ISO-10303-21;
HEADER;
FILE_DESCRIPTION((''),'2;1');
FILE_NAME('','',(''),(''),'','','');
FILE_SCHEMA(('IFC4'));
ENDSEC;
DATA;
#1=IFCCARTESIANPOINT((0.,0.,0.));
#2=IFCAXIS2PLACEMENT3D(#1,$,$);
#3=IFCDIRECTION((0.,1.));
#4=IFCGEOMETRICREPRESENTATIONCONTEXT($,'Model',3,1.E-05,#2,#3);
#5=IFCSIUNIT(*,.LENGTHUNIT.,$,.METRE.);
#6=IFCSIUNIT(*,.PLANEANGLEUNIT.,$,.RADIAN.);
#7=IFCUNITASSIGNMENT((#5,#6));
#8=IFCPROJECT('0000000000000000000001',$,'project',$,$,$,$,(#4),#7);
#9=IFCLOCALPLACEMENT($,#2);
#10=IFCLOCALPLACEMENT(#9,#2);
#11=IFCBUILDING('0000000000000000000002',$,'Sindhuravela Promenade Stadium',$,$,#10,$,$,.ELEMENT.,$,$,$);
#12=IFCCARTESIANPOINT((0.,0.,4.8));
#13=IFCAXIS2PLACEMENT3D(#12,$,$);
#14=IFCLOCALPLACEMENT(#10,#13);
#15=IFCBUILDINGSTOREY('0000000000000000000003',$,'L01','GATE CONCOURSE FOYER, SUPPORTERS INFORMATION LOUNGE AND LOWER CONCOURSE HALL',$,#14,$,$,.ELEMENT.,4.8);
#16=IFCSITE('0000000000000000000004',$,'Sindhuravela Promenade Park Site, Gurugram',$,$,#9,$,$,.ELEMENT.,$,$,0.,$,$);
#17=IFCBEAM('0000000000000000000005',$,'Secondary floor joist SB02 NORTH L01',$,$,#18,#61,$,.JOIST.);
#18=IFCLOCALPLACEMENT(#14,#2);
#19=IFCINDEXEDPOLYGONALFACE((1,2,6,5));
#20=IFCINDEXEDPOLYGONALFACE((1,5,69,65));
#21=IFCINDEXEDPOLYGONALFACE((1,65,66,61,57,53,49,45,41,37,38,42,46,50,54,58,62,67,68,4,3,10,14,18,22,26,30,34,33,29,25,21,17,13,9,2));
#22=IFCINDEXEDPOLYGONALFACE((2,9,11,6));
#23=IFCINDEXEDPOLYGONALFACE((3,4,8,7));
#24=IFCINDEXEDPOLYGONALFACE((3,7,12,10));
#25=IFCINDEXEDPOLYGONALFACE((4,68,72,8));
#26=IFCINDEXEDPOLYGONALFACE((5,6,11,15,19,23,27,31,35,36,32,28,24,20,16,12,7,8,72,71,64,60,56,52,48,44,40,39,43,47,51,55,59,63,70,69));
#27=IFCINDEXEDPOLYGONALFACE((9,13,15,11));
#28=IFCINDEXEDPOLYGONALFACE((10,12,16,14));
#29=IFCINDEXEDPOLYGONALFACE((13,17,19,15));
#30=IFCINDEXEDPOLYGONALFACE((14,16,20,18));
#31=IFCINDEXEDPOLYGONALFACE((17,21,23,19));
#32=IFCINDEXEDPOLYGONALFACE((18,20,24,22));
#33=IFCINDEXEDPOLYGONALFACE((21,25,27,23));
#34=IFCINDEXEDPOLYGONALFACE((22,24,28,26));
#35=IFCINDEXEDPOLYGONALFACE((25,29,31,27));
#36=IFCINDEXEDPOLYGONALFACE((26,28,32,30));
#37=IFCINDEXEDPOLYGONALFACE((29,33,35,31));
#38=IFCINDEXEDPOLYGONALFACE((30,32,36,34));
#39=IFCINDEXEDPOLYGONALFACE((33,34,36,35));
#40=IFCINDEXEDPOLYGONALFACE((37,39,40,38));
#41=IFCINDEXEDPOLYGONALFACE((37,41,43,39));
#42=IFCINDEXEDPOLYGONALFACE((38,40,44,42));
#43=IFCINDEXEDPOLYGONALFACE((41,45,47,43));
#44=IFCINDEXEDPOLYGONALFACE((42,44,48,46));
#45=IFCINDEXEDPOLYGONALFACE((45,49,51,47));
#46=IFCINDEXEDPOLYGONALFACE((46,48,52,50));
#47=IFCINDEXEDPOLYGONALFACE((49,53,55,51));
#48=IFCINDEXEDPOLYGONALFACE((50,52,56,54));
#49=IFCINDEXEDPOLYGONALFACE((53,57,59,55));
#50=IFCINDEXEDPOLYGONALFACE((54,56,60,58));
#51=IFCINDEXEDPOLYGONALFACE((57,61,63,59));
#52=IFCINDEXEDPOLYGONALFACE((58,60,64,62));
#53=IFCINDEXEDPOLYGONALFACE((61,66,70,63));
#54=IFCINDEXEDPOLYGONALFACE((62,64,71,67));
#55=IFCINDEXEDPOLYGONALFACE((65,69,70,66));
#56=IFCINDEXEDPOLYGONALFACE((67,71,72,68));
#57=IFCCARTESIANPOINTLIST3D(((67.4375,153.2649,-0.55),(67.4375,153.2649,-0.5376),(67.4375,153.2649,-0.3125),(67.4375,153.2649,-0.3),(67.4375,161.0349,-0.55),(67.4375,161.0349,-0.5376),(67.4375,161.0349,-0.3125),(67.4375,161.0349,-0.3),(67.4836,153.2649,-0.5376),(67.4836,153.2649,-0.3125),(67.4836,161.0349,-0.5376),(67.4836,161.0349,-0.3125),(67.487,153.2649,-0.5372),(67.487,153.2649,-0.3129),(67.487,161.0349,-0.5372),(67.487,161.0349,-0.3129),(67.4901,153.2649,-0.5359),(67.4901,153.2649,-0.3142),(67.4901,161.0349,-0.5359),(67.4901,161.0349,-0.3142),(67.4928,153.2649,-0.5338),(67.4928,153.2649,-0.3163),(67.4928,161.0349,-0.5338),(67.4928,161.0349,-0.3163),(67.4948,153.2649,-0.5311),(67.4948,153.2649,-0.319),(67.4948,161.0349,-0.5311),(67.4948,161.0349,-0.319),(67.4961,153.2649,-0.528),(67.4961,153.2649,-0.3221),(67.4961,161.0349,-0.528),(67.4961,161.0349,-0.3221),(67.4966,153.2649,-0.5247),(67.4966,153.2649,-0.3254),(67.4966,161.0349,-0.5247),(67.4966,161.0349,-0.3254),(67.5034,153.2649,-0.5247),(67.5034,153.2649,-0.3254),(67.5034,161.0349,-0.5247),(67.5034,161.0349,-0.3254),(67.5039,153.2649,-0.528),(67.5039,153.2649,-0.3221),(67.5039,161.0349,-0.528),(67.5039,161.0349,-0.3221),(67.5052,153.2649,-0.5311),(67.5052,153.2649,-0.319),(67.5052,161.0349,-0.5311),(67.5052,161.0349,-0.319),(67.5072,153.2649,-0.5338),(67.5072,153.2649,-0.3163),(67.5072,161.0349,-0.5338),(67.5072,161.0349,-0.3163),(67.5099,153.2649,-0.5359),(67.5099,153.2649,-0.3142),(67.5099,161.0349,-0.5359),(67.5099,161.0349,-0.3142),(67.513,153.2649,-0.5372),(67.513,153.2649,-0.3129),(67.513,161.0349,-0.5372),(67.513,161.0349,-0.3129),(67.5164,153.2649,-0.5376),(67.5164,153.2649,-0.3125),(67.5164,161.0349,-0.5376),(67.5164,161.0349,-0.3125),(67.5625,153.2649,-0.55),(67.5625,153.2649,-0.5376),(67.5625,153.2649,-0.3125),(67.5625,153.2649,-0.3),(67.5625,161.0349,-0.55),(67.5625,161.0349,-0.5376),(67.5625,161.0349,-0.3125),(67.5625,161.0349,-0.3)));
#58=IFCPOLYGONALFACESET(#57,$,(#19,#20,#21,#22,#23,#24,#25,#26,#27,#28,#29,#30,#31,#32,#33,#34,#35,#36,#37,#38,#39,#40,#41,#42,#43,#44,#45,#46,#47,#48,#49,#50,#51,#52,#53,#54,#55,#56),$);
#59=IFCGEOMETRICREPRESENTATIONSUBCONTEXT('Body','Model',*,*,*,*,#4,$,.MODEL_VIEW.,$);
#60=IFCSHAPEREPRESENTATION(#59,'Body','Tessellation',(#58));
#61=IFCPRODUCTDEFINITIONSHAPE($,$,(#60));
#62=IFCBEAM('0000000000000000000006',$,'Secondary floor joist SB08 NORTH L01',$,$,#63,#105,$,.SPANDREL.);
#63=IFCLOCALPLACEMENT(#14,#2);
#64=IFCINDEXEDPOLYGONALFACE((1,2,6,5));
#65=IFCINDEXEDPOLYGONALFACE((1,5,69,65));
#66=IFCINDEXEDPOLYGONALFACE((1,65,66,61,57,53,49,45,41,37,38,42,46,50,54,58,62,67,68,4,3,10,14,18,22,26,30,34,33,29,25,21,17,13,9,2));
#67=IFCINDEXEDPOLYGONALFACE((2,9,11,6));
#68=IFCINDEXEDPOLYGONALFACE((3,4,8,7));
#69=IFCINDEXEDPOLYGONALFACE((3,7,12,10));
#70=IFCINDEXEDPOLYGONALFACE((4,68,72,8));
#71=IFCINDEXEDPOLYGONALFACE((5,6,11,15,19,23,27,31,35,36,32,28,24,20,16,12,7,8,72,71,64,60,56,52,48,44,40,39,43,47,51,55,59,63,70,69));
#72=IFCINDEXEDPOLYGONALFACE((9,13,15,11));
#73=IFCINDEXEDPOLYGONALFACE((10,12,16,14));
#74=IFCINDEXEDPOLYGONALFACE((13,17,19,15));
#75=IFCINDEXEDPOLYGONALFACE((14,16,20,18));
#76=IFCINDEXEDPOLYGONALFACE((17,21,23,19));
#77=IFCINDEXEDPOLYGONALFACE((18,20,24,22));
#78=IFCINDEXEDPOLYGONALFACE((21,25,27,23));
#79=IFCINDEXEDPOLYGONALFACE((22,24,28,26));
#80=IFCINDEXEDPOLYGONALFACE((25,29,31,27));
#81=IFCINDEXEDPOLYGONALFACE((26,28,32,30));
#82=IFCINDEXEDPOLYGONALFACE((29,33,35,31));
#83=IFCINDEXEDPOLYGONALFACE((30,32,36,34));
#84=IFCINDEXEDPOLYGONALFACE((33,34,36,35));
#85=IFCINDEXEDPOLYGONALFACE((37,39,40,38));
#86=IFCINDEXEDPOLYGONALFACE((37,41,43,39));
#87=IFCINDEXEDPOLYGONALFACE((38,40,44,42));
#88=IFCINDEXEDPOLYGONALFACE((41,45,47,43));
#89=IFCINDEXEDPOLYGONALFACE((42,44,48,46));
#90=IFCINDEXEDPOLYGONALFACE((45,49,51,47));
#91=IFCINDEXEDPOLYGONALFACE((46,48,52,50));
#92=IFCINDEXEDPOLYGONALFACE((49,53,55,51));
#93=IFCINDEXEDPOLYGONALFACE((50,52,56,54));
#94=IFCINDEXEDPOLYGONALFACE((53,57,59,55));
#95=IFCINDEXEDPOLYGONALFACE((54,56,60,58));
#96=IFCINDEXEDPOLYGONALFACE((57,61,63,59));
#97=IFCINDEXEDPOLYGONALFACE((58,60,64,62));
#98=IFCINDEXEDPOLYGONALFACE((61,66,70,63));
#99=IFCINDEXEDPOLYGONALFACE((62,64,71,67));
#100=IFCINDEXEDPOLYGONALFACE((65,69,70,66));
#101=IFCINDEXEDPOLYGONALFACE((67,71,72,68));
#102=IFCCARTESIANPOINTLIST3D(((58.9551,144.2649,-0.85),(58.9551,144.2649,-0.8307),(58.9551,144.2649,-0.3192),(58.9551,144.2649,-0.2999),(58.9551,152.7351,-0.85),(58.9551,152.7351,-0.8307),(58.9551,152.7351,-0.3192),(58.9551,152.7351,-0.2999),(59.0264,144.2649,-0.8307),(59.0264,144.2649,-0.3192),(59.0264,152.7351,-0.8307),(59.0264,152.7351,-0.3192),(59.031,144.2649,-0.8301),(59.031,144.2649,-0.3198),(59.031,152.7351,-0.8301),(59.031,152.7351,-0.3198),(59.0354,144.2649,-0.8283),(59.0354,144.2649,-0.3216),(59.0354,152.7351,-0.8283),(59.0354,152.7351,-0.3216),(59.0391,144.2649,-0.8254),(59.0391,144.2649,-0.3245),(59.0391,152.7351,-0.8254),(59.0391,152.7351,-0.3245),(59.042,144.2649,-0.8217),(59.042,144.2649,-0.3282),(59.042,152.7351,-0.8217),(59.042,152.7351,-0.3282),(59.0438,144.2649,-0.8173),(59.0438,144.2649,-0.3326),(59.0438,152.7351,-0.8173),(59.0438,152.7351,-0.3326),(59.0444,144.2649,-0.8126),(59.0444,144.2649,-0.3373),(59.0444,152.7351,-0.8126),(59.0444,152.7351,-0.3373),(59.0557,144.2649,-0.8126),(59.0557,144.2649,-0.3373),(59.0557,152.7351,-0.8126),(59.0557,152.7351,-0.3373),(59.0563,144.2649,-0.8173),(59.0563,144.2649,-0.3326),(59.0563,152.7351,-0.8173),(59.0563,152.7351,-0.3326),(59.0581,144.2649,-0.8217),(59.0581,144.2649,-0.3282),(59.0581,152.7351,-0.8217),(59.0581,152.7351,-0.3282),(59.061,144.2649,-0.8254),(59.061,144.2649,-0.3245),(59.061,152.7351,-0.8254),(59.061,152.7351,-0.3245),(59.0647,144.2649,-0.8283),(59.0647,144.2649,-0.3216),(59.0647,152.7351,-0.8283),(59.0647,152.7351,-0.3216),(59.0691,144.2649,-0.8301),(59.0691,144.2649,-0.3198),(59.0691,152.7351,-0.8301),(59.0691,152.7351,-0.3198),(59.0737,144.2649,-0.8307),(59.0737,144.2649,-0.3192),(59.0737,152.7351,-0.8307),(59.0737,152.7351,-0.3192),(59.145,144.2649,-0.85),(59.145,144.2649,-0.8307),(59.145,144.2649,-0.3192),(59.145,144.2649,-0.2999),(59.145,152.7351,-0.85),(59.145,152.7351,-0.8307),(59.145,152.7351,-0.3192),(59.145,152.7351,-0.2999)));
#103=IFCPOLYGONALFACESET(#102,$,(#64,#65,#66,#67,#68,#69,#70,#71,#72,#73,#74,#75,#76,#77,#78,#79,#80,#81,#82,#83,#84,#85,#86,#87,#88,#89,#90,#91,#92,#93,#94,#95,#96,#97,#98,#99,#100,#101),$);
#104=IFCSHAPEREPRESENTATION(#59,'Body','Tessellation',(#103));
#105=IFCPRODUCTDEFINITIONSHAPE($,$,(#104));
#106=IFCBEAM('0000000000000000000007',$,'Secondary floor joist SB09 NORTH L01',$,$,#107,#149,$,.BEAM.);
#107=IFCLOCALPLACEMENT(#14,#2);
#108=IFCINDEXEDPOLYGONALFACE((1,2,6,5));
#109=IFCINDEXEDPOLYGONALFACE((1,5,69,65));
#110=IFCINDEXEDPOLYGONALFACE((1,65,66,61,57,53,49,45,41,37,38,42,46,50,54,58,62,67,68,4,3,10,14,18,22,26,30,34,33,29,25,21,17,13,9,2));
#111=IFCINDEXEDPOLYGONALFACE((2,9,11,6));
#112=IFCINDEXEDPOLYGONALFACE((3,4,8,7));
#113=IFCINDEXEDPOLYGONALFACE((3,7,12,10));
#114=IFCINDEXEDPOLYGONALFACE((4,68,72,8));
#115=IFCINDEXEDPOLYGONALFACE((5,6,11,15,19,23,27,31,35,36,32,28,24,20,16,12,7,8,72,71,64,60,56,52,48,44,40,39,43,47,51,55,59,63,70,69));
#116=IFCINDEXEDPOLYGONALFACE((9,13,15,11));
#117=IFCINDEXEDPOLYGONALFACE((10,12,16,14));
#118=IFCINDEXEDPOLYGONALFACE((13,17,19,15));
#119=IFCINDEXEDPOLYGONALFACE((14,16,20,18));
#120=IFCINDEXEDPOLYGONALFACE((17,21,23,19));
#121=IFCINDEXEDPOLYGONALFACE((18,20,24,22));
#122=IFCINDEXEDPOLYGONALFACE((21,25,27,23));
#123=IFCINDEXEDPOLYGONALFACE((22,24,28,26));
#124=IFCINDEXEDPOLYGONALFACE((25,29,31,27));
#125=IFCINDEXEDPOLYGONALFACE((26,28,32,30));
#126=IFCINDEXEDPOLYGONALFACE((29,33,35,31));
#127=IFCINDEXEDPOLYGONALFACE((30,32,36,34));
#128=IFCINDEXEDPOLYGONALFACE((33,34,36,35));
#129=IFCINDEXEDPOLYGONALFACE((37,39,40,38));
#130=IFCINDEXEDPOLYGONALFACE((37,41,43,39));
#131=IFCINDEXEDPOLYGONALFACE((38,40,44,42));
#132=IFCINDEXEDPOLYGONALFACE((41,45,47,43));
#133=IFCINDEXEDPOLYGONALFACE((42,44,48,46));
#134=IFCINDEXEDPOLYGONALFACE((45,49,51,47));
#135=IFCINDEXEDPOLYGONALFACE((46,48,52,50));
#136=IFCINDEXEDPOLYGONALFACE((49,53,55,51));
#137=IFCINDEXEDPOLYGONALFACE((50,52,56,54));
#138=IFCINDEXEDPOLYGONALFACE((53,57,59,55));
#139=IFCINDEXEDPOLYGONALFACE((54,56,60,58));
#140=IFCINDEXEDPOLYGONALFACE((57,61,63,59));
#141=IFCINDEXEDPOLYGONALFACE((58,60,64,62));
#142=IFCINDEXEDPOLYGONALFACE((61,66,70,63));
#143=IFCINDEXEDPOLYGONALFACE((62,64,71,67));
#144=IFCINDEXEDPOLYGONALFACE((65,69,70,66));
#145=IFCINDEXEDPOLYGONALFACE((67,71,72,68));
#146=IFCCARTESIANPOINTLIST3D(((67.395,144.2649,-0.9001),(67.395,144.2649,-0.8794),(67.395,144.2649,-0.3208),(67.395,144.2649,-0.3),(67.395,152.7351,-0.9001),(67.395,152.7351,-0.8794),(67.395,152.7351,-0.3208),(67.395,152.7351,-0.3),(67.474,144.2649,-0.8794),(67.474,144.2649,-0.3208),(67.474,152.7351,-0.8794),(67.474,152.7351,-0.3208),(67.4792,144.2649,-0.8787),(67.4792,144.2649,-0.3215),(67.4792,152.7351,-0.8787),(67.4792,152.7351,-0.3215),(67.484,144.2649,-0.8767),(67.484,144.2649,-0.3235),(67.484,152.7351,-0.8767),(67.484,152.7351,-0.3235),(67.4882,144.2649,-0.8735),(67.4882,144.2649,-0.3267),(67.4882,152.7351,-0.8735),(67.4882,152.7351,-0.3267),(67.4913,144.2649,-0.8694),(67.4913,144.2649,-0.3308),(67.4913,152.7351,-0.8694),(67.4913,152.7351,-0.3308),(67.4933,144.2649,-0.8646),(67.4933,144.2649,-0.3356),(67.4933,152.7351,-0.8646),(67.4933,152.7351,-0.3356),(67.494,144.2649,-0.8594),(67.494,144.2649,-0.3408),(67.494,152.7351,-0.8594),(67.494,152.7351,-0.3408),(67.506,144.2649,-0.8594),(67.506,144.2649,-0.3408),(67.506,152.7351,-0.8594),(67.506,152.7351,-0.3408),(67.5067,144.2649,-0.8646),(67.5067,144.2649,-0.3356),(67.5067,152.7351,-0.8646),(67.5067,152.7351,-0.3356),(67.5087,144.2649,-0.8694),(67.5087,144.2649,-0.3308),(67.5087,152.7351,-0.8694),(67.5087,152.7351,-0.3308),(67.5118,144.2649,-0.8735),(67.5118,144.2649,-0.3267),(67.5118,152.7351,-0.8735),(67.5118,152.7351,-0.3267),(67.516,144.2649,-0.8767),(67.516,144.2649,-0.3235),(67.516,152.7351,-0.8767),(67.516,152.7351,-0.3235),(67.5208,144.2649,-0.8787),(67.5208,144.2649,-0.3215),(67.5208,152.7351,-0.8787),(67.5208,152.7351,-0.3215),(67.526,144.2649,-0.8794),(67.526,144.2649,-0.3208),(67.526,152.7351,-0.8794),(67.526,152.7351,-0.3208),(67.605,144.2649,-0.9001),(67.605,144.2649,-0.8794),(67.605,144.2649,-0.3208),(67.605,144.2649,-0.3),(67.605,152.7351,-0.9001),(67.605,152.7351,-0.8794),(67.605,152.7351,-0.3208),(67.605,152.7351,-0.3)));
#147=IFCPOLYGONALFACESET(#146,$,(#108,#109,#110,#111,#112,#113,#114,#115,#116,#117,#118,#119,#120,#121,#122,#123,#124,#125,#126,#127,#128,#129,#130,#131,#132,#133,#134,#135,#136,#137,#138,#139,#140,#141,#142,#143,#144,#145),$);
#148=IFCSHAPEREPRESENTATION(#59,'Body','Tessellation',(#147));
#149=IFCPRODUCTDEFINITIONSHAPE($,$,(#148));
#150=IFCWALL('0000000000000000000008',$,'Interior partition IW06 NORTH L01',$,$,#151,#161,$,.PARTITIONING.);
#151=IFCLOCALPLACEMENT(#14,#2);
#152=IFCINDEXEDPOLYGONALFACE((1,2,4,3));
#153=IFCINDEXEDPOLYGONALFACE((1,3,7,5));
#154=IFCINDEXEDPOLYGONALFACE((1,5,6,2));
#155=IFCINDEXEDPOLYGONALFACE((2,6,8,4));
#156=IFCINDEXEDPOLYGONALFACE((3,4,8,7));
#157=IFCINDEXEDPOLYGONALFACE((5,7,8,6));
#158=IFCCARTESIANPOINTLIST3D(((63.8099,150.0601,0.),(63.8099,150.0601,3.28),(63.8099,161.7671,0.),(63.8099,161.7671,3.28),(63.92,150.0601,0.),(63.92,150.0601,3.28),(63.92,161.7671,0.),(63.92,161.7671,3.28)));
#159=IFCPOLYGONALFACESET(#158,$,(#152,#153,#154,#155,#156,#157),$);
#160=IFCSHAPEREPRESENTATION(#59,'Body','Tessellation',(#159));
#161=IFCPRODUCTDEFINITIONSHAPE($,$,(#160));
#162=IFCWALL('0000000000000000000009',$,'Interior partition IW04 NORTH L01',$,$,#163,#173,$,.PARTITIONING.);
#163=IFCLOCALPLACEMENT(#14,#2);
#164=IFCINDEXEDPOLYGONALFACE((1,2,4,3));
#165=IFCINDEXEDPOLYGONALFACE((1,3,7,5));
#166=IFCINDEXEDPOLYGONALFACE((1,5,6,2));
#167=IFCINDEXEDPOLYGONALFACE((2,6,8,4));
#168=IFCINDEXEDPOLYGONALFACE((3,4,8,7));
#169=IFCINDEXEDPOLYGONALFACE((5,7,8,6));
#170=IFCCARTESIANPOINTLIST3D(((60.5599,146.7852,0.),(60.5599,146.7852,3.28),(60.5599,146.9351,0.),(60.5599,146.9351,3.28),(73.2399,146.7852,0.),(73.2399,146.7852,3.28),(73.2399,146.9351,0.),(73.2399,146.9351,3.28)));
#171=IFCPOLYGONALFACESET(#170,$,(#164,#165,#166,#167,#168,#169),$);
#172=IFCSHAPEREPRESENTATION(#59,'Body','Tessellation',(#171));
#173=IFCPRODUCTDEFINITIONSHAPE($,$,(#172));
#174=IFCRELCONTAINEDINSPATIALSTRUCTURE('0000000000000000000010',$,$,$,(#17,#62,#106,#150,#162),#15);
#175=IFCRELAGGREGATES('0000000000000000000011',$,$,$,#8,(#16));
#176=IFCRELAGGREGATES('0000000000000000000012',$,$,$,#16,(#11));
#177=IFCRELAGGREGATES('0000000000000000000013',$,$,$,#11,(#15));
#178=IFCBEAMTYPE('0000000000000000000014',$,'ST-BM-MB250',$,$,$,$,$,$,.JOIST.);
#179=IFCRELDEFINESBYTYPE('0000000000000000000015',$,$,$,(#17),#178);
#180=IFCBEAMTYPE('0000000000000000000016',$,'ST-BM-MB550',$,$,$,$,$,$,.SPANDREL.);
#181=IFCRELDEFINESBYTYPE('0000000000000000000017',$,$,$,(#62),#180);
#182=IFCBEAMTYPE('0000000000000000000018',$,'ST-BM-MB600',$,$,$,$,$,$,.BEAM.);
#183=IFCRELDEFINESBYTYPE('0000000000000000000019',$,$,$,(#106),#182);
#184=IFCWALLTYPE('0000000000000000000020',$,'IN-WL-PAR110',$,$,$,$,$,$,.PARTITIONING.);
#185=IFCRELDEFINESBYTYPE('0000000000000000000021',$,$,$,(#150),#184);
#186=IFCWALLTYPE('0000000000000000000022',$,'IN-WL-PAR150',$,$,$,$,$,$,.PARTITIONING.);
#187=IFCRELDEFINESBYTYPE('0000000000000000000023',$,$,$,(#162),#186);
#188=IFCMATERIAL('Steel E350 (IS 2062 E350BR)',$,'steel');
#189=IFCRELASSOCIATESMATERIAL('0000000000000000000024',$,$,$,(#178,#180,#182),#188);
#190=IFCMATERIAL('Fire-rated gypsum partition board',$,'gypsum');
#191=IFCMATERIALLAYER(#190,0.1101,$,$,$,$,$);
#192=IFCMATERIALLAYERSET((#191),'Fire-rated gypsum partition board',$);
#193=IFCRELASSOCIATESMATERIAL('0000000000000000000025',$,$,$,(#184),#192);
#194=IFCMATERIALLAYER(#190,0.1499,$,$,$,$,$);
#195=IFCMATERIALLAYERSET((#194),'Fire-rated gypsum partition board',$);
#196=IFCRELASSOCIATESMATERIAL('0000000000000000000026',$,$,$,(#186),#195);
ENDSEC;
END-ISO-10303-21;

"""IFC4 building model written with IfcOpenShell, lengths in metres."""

from ifc_helpers import new_model, si_unit, direction, frame, frame_2d, origin, origin_2d, place, context, subcontext, project, spatial, rectangle, i_section, extrude, material, layer, layer_set, material_profile, profile_set, type_object, element, save


model = new_model("IFC4")

# Units and contexts
model_context = context("Model", 3, precision=1e-05, world=origin(), true_north=direction((0.0, 1.0)))
body_context = subcontext(model_context, "Body", "Model", "MODEL_VIEW")
ifc_project = project(units=[si_unit("LENGTHUNIT", "METRE"), si_unit("PLANEANGLEUNIT", "RADIAN")], contexts=[model_context])

# Site, building, storey
site_placement = place(None, origin())
site = spatial("IfcSite", under=ifc_project, at=site_placement, Name="Sindhuravela Promenade Park Site, Gurugram", CompositionType="ELEMENT", RefElevation=0.0)
building_placement = place(site_placement, origin())
building = spatial("IfcBuilding", under=site, at=building_placement, Name="Sindhuravela Promenade Stadium", CompositionType="ELEMENT")
storey_placement = place(building_placement, frame((0.0, 0.0, 4.8)))
storey = spatial("IfcBuildingStorey", under=building, at=storey_placement, Name="L01", Description="GATE CONCOURSE FOYER, SUPPORTERS INFORMATION LOUNGE AND LOWER CONCOURSE HALL", CompositionType="ELEMENT", Elevation=4.8)

# Beams
ifc_material_1 = material(Name="Steel E350 (IS 2062 E350BR)", Category="steel")
ifc_material_profile_1 = material_profile(ifc_material_1, i_section(OverallWidth=0.125, OverallDepth=0.25, WebThickness=0.0068, FlangeThickness=0.0125, FilletRadius=0.0129, at=origin_2d()), Name="ISMB 250")
ifc_profile_set_1 = profile_set([ifc_material_profile_1], Name="Steel E350 (IS 2062 E350BR)")
beam_type_1 = type_object("IfcBeamType", Name="ST-BM-MB250", PredefinedType="JOIST", material=ifc_profile_set_1)
beam_1_placement = place(storey_placement, frame((67.5, 153.2649, -0.425), z_axis=(0.0, 1.0, 0.0), x_axis=(-1.0, 0.0, 0.0)))
element("IfcBeam", 1, at=beam_1_placement, inside=storey, type_object=beam_type_1, Name="Secondary floor joist SB02 NORTH L01", PredefinedType="JOIST", context=body_context, shape_type="SweptSolid", body=[
    extrude(i_section(OverallWidth=0.125, OverallDepth=0.25, WebThickness=0.0068, FlangeThickness=0.0125, FilletRadius=0.0129, at=origin_2d()), origin(), (0.0, 0.0, 1.0), 7.77),
])
ifc_material_profile_2 = material_profile(ifc_material_1, i_section(OverallWidth=0.1899, OverallDepth=0.55, WebThickness=0.0112, FlangeThickness=0.0193, FilletRadius=0.0181, at=origin_2d()), Name="ISMB 550")
ifc_profile_set_2 = profile_set([ifc_material_profile_2], Name="Steel E350 (IS 2062 E350BR)")
beam_type_2 = type_object("IfcBeamType", Name="ST-BM-MB550", PredefinedType="SPANDREL", material=ifc_profile_set_2)
beam_2_placement = place(storey_placement, frame((59.05, 144.2649, -0.575), z_axis=(0.0, 1.0, 0.0), x_axis=(-1.0, 0.0, 0.0)))
element("IfcBeam", 2, at=beam_2_placement, inside=storey, type_object=beam_type_2, Name="Secondary floor joist SB08 NORTH L01", PredefinedType="SPANDREL", context=body_context, shape_type="SweptSolid", body=[
    extrude(i_section(OverallWidth=0.1899, OverallDepth=0.55, WebThickness=0.0112, FlangeThickness=0.0193, FilletRadius=0.0181, at=origin_2d()), origin(), (0.0, 0.0, 1.0), 8.4702),
])
ifc_material_profile_3 = material_profile(ifc_material_1, i_section(OverallWidth=0.21, OverallDepth=0.6001, WebThickness=0.012, FlangeThickness=0.0208, FilletRadius=0.02, at=origin_2d()), Name="ISMB 600")
ifc_profile_set_3 = profile_set([ifc_material_profile_3], Name="Steel E350 (IS 2062 E350BR)")
beam_type_3 = type_object("IfcBeamType", Name="ST-BM-MB600", PredefinedType="BEAM", material=ifc_profile_set_3)
beam_3_placement = place(storey_placement, frame((67.5, 144.2649, -0.6001), z_axis=(0.0, 1.0, 0.0), x_axis=(-1.0, 0.0, 0.0)))
element("IfcBeam", 3, at=beam_3_placement, inside=storey, type_object=beam_type_3, Name="Secondary floor joist SB09 NORTH L01", PredefinedType="BEAM", context=body_context, shape_type="SweptSolid", body=[
    extrude(i_section(OverallWidth=0.21, OverallDepth=0.6001, WebThickness=0.012, FlangeThickness=0.0208, FilletRadius=0.02, at=origin_2d()), origin(), (0.0, 0.0, 1.0), 8.4702),
])

# Walls
ifc_material_2 = material(Name="Fire-rated gypsum partition board", Category="gypsum")
ifc_layer_1 = layer(ifc_material_2, 0.1101)
ifc_layer_set_1 = layer_set([ifc_layer_1], Name="Fire-rated gypsum partition board")
wall_type_1 = type_object("IfcWallType", Name="IN-WL-PAR110", PredefinedType="PARTITIONING", material=ifc_layer_set_1)
wall_1_placement = place(storey_placement, frame((63.865, 150.0601, 0.0), z_axis=(0.0, 0.0, 1.0), x_axis=(0.0, 1.0, 0.0)))
element("IfcWall", 4, at=wall_1_placement, inside=storey, type_object=wall_type_1, Name="Interior partition IW06 NORTH L01", PredefinedType="PARTITIONING", context=body_context, shape_type="SweptSolid", body=[
    extrude(rectangle(XDim=11.707, YDim=0.1101, at=frame_2d((5.8535, 0.0))), origin(), (0.0, 0.0, 1.0), 3.28),
])
ifc_layer_2 = layer(ifc_material_2, 0.1499)
ifc_layer_set_2 = layer_set([ifc_layer_2], Name="Fire-rated gypsum partition board")
wall_type_2 = type_object("IfcWallType", Name="IN-WL-PAR150", PredefinedType="PARTITIONING", material=ifc_layer_set_2)
wall_2_placement = place(storey_placement, frame((60.5601, 146.8601, 0.0), z_axis=(0.0, 0.0, 1.0), x_axis=(1.0, 0.0, 0.0)))
element("IfcWall", 5, at=wall_2_placement, inside=storey, type_object=wall_type_2, Name="Interior partition IW04 NORTH L01", PredefinedType="PARTITIONING", context=body_context, shape_type="SweptSolid", body=[
    extrude(rectangle(XDim=12.6799, YDim=0.1499, at=frame_2d((6.3398, 0.0))), origin(), (0.0, 0.0, 1.0), 3.28),
])

save(model, "model.ifc")
